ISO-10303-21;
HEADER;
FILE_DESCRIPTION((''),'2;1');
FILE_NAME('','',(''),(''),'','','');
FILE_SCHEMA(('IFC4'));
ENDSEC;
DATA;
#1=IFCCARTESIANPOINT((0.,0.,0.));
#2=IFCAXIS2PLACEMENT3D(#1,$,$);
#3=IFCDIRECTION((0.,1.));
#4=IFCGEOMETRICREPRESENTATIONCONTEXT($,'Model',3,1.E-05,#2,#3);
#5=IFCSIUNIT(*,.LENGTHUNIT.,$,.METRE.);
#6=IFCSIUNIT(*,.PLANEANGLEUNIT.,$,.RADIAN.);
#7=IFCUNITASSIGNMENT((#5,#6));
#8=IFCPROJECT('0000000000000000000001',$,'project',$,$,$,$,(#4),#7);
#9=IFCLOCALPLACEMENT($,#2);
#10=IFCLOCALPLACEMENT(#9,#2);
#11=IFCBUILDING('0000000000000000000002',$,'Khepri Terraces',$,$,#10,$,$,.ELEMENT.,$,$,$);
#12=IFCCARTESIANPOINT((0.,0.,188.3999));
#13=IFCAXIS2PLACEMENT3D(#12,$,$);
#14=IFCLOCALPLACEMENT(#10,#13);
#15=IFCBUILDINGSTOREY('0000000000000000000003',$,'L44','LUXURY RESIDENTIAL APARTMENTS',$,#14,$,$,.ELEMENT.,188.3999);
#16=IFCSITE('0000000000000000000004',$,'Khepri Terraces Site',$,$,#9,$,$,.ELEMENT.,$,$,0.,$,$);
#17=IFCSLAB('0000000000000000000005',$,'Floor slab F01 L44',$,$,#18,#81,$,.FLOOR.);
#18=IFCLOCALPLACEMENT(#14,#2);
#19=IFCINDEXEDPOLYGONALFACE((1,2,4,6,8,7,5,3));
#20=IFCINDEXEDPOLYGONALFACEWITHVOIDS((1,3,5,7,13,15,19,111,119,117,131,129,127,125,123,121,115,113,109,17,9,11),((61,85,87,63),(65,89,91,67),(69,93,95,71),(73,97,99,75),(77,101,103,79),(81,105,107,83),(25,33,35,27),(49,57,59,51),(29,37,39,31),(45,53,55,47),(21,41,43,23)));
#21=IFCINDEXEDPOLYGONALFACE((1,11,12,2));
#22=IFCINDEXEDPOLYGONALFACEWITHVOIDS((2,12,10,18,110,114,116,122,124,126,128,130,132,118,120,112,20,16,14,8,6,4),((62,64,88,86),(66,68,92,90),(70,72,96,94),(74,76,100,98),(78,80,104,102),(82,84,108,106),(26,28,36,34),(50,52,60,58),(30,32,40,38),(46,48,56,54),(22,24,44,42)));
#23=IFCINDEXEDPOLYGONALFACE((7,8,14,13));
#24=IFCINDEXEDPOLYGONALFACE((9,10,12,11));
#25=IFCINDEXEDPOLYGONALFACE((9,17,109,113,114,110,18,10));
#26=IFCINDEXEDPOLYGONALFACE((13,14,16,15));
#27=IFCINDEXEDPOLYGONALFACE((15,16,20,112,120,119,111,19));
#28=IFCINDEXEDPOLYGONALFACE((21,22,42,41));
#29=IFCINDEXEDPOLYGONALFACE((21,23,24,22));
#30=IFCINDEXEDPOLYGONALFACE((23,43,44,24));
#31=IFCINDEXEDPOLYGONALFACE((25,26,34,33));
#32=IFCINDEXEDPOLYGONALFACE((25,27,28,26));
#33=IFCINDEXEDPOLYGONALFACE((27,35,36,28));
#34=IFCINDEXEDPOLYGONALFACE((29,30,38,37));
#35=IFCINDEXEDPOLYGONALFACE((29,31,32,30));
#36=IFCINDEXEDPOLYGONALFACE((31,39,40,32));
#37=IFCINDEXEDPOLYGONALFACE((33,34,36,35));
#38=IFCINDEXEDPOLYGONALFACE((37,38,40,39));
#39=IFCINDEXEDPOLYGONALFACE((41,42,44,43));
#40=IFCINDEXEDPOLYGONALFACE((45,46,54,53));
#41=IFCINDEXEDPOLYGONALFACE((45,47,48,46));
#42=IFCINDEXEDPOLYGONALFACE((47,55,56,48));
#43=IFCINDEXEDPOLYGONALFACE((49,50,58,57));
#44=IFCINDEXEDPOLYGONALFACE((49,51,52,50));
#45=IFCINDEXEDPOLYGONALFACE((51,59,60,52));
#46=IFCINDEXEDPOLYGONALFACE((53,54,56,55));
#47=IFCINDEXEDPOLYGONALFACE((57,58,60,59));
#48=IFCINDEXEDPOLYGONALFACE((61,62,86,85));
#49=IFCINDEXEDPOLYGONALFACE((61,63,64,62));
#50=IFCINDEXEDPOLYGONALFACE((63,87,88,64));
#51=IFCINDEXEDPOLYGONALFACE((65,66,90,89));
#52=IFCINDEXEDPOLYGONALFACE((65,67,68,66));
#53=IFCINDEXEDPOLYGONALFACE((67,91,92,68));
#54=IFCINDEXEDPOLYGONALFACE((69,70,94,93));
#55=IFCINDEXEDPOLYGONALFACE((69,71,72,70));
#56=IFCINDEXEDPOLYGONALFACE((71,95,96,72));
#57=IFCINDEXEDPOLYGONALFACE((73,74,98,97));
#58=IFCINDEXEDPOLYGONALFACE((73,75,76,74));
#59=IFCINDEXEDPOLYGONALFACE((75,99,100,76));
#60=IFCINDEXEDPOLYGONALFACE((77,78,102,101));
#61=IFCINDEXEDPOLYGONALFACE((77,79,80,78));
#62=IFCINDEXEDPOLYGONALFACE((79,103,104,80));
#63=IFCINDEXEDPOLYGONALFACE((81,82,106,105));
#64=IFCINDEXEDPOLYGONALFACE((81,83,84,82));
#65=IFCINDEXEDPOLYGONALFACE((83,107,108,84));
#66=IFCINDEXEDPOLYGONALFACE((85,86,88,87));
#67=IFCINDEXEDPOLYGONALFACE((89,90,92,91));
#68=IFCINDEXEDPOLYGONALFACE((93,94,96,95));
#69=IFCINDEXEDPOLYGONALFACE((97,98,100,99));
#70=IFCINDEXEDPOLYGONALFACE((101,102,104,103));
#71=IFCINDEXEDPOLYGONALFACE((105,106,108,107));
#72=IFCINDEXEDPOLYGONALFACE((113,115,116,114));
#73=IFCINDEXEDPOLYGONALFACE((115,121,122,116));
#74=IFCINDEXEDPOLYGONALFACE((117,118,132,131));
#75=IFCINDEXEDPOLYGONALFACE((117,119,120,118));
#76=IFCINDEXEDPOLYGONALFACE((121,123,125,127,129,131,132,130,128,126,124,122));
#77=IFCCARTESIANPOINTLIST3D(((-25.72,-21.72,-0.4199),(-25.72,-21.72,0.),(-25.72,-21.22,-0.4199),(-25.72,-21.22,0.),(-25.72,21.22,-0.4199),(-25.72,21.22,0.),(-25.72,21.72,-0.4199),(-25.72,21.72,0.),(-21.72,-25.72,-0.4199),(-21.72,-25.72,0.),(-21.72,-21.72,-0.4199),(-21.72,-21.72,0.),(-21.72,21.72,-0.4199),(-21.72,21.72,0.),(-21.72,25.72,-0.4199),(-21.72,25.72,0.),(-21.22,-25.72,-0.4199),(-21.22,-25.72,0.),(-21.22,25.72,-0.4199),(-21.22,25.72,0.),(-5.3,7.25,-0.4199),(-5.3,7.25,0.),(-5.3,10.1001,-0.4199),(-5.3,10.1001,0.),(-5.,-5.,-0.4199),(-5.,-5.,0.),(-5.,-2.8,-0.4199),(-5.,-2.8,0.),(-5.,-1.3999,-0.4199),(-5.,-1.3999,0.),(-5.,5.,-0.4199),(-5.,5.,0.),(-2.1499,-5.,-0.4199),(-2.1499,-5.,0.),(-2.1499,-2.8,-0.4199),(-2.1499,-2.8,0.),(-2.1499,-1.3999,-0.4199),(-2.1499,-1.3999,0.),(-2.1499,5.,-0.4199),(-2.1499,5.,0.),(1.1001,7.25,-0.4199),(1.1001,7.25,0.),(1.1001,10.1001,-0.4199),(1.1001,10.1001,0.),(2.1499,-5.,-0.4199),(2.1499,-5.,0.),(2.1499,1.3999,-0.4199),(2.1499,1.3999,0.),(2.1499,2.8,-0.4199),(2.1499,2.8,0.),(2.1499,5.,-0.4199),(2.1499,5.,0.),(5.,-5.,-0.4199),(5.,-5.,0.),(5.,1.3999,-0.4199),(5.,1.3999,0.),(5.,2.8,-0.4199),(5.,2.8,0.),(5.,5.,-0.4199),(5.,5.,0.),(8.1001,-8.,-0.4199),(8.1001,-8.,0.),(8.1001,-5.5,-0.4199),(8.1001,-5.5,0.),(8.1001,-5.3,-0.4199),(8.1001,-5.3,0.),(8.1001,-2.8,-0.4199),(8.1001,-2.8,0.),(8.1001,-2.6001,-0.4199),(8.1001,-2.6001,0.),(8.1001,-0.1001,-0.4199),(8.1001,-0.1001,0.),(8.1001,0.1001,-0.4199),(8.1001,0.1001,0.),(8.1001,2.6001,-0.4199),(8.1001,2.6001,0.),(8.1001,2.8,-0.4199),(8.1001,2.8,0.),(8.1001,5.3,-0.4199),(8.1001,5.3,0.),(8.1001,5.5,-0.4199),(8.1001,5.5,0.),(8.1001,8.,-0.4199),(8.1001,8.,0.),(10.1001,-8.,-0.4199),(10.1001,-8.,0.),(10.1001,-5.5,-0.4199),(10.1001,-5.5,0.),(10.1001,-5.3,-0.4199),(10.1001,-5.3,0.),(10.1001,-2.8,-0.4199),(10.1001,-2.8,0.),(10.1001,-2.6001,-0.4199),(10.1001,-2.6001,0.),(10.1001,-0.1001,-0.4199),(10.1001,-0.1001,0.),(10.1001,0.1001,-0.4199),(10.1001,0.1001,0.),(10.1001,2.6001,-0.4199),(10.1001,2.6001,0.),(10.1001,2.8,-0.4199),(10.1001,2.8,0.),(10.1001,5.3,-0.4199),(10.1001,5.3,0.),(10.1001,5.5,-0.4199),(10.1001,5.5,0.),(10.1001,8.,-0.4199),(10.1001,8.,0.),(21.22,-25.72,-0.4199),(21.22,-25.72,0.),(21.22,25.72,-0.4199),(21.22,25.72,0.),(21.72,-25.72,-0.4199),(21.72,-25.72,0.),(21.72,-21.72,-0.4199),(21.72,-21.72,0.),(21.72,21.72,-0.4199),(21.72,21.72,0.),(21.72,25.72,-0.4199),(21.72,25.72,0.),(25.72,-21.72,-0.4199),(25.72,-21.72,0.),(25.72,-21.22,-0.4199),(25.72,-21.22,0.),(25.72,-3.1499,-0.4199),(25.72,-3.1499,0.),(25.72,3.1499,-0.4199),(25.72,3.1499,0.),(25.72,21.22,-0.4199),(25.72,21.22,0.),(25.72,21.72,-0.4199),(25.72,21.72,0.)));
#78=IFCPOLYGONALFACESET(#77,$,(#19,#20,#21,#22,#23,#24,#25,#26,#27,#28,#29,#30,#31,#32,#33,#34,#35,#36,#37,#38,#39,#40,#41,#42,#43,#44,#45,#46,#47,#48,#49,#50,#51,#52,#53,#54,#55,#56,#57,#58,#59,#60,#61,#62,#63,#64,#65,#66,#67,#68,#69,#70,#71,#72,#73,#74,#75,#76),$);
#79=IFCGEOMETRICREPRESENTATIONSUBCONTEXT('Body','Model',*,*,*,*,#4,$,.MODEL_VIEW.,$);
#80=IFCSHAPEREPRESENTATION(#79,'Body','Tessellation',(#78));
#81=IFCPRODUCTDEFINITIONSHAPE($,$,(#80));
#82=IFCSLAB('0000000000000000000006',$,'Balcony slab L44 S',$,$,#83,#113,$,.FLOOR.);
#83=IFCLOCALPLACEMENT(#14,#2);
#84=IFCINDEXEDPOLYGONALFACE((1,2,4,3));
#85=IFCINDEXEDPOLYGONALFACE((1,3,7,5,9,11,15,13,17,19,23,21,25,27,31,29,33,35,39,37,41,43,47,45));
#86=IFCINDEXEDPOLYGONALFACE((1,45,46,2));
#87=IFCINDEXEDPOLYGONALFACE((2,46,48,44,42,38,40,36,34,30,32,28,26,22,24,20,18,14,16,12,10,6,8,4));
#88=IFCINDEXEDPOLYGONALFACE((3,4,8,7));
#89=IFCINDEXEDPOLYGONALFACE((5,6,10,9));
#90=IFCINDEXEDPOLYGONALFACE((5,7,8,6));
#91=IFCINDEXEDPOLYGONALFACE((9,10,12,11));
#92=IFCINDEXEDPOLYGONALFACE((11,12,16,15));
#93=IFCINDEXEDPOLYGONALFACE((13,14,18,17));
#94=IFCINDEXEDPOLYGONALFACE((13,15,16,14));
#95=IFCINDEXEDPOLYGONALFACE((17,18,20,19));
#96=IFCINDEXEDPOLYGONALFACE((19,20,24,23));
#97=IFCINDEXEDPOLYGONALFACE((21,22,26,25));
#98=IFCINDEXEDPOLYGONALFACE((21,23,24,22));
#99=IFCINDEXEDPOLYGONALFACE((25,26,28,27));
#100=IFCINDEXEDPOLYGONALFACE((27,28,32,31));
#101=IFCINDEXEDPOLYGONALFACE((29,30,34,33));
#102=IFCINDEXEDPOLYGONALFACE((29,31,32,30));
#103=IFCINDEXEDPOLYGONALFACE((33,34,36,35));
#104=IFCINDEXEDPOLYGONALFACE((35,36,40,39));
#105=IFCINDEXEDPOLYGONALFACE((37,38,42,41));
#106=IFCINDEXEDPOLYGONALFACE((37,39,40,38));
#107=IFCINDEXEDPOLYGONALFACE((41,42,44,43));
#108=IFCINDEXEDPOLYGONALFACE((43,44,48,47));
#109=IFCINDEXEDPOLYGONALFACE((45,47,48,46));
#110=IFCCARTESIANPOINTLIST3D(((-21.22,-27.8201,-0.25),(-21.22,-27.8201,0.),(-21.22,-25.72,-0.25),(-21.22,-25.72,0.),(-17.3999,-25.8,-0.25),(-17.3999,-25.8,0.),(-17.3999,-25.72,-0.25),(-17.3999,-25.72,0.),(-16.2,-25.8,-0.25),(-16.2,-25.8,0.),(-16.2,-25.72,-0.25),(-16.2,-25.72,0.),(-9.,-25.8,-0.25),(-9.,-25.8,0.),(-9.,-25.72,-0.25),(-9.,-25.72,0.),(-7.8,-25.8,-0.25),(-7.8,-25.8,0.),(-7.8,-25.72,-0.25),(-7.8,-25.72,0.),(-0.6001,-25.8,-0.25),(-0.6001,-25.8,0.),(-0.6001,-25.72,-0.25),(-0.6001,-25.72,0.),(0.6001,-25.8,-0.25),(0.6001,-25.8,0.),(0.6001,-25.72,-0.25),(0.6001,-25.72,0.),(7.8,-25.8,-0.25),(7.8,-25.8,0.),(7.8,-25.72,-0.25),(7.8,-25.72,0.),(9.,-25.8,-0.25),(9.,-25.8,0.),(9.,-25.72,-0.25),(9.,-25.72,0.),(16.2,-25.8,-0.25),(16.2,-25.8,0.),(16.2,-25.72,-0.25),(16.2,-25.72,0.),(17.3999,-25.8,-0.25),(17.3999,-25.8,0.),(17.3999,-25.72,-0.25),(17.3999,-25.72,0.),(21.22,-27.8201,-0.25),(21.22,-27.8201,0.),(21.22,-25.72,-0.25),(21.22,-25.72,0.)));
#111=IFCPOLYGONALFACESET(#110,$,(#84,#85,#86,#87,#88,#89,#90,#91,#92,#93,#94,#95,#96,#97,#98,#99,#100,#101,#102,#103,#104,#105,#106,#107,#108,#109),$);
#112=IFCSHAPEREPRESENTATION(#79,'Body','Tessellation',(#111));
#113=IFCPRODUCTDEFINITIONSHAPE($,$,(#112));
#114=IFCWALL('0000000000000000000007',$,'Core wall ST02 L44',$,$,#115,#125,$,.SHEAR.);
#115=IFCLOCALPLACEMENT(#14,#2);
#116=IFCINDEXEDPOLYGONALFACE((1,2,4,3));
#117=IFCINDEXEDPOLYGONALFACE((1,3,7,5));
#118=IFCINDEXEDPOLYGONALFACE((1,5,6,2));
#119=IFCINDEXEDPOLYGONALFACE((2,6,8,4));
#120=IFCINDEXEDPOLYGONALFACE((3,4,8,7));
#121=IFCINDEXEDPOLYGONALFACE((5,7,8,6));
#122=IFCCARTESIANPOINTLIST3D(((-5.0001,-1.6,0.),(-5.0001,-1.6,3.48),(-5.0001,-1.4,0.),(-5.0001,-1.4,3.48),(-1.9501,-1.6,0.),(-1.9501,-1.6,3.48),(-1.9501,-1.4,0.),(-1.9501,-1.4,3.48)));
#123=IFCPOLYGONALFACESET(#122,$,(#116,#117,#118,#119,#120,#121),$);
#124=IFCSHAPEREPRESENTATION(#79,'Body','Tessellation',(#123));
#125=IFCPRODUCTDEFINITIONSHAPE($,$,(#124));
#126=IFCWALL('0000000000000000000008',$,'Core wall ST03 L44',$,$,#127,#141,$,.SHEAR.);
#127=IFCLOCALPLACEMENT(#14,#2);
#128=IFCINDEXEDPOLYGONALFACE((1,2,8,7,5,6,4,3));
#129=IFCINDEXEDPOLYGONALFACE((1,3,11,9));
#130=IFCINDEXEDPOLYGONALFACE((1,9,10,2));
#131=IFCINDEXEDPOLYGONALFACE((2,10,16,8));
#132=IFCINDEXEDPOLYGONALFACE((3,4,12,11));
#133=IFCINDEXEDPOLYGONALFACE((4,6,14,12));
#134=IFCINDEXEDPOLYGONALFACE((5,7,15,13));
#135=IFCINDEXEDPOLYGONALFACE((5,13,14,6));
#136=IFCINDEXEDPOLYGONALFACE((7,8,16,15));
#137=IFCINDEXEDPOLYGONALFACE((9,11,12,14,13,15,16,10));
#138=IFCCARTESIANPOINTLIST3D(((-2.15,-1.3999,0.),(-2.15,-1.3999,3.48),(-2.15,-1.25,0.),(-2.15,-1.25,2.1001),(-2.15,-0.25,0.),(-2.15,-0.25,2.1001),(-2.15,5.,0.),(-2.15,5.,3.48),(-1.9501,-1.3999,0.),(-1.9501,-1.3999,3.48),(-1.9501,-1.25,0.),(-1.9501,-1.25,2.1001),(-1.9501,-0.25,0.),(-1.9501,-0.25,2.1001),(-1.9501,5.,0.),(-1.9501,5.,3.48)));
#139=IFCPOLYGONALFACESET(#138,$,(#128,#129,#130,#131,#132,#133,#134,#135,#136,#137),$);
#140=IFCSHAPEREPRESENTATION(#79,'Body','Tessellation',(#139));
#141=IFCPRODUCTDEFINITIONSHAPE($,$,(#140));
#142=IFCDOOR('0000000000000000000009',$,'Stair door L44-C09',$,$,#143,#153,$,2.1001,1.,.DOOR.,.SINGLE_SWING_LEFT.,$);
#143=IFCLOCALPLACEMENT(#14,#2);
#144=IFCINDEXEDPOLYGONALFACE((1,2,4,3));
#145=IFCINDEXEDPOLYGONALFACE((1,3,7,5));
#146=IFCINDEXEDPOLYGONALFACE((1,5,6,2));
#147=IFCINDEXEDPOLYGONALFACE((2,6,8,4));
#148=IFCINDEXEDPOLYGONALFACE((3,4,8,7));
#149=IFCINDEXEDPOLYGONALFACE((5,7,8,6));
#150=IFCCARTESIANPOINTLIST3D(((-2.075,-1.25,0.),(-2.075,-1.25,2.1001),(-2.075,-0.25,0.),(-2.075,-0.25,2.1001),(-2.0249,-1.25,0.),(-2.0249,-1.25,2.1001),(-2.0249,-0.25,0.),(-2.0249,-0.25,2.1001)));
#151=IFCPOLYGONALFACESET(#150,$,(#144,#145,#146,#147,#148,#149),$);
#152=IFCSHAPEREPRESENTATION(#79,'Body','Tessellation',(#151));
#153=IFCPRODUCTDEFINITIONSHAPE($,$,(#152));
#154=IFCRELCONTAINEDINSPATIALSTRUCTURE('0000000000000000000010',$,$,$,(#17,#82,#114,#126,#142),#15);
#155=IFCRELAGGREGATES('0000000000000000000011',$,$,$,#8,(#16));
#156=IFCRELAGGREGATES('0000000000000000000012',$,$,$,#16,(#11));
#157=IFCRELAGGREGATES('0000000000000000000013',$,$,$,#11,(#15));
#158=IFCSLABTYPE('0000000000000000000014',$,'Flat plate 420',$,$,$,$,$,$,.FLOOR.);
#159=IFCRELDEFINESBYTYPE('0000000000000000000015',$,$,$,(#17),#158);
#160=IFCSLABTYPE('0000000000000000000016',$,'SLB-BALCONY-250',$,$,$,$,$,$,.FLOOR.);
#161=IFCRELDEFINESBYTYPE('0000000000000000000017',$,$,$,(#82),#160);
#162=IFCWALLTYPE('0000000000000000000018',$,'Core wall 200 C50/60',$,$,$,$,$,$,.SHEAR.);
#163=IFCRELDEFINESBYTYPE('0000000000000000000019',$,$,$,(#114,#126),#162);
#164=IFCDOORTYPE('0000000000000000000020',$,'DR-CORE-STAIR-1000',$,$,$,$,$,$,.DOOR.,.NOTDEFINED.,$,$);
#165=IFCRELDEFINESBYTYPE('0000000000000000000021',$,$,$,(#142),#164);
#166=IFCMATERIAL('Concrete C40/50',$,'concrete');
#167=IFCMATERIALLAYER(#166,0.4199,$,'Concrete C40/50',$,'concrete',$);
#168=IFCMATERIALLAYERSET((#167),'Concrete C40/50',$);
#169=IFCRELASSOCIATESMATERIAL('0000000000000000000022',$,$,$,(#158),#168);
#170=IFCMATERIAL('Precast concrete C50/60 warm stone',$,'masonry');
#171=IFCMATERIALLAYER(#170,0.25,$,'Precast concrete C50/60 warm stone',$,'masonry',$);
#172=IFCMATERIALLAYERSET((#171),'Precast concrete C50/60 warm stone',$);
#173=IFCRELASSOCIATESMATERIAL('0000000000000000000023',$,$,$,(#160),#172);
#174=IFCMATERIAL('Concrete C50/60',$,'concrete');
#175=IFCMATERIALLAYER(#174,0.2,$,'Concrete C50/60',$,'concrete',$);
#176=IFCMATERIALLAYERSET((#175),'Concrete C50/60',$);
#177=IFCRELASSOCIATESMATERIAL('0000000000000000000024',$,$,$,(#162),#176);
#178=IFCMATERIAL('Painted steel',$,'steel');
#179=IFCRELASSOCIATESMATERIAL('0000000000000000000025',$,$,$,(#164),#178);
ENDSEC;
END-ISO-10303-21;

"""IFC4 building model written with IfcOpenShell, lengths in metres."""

from ifc_helpers import new_model, si_unit, direction, frame, frame_2d, origin, place, context, subcontext, project, spatial, polyline, rectangle, outline, extrude, material, layer, layer_set, type_object, element, fill, save


model = new_model("IFC4")

# Units and contexts
model_context = context("Model", 3, precision=1e-05, world=origin(), true_north=direction((0.0, 1.0)))
body_context = subcontext(model_context, "Body", "Model", "MODEL_VIEW")
ifc_project = project(units=[si_unit("LENGTHUNIT", "METRE"), si_unit("PLANEANGLEUNIT", "RADIAN")], contexts=[model_context])

# Site, building, storey
site_placement = place(None, origin())
site = spatial("IfcSite", under=ifc_project, at=site_placement, Name="Khepri Terraces Site", CompositionType="ELEMENT", RefElevation=0.0)
building_placement = place(site_placement, origin())
building = spatial("IfcBuilding", under=site, at=building_placement, Name="Khepri Terraces", CompositionType="ELEMENT")
storey_placement = place(building_placement, frame((0.0, 0.0, 188.3999)))
storey = spatial("IfcBuildingStorey", under=building, at=storey_placement, Name="L44", Description="LUXURY RESIDENTIAL APARTMENTS", CompositionType="ELEMENT", Elevation=188.3999)

# Slabs
ifc_material_1 = material(Name="Concrete C40/50", Category="concrete")
ifc_layer_1 = layer(ifc_material_1, 0.4199, Name="Concrete C40/50", Category="concrete")
ifc_layer_set_1 = layer_set([ifc_layer_1], Name="Concrete C40/50")
slab_type_1 = type_object("IfcSlabType", Name="Flat plate 420", PredefinedType="FLOOR", material=ifc_layer_set_1)
slab_1_placement = place(storey_placement, frame((0.0, 0.0, -0.4199)))
element("IfcSlab", 1, at=slab_1_placement, inside=storey, type_object=slab_type_1, Name="Floor slab F01 L44", PredefinedType="FLOOR", context=body_context, shape_type="SweptSolid", body=[
    extrude(outline(polyline([(25.72, 3.1499), (25.72, -3.1499), (25.72, -21.22), (25.72, -21.72), (21.72, -21.72), (21.72, -25.72), (21.22, -25.72), (-21.22, -25.72), (-21.72, -25.72), (-21.72, -21.72), (-25.72, -21.72), (-25.72, -21.22), (-25.72, 21.22), (-25.72, 21.72), (-21.72, 21.72), (-21.72, 25.72), (-21.22, 25.72), (21.22, 25.72), (21.72, 25.72), (21.72, 21.72), (25.72, 21.72), (25.72, 21.22), (25.72, 3.1499)]), holes=[polyline([(2.1499, 2.8), (5.0, 2.8), (5.0, 5.0), (2.1499, 5.0), (2.1499, 2.8)]), polyline([(-5.0, -2.8), (-5.0, -5.0), (-2.1499, -5.0), (-2.1499, -2.8), (-5.0, -2.8)]), polyline([(10.1001, -5.5), (8.1001, -5.5), (8.1001, -8.0), (10.1001, -8.0), (10.1001, -5.5)]), polyline([(10.1001, -5.3), (10.1001, -2.8), (8.1001, -2.8), (8.1001, -5.3), (10.1001, -5.3)]), polyline([(8.1001, -2.6001), (10.1001, -2.6001), (10.1001, -0.1001), (8.1001, -0.1001), (8.1001, -2.6001)]), polyline([(8.1001, 2.6001), (8.1001, 0.1001), (10.1001, 0.1001), (10.1001, 2.6001), (8.1001, 2.6001)]), polyline([(10.1001, 5.3), (8.1001, 5.3), (8.1001, 2.8), (10.1001, 2.8), (10.1001, 5.3)]), polyline([(10.1001, 5.5), (10.1001, 8.0), (8.1001, 8.0), (8.1001, 5.5), (10.1001, 5.5)]), polyline([(-5.0, -1.3999), (-2.1499, -1.3999), (-2.1499, 5.0), (-5.0, 5.0), (-5.0, -1.3999)]), polyline([(5.0, -5.0), (5.0, 1.3999), (2.1499, 1.3999), (2.1499, -5.0), (5.0, -5.0)]), polyline([(-5.3, 10.1001), (-5.3, 7.25), (1.1001, 7.25), (1.1001, 10.1001), (-5.3, 10.1001)])]), origin(), (0.0, 0.0, 1.0), 0.4199),
])
ifc_material_2 = material(Name="Precast concrete C50/60 warm stone", Category="masonry")
ifc_layer_2 = layer(ifc_material_2, 0.25, Name="Precast concrete C50/60 warm stone", Category="masonry")
ifc_layer_set_2 = layer_set([ifc_layer_2], Name="Precast concrete C50/60 warm stone")
slab_type_2 = type_object("IfcSlabType", Name="SLB-BALCONY-250", PredefinedType="FLOOR", material=ifc_layer_set_2)
slab_2_placement = place(storey_placement, frame((0.0, 0.0, -0.25)))
element("IfcSlab", 2, at=slab_2_placement, inside=storey, type_object=slab_type_2, Name="Balcony slab L44 S", PredefinedType="FLOOR", context=body_context, shape_type="SweptSolid", body=[
    extrude(outline(polyline([(-17.3999, -25.72), (-21.22, -25.72), (-21.22, -27.8201), (21.22, -27.8201), (21.22, -25.72), (17.3999, -25.72), (17.3999, -25.8), (16.2, -25.8), (16.2, -25.72), (9.0, -25.72), (9.0, -25.8), (7.8, -25.8), (7.8, -25.72), (0.6001, -25.72), (0.6001, -25.8), (-0.6001, -25.8), (-0.6001, -25.72), (-7.8, -25.72), (-7.8, -25.8), (-9.0, -25.8), (-9.0, -25.72), (-16.2, -25.72), (-16.2, -25.8), (-17.3999, -25.8), (-17.3999, -25.72)])), origin(), (0.0, 0.0, 1.0), 0.25),
])

# Wall
ifc_material_3 = material(Name="Concrete C50/60", Category="concrete")
ifc_layer_3 = layer(ifc_material_3, 0.2, Name="Concrete C50/60", Category="concrete")
ifc_layer_set_3 = layer_set([ifc_layer_3], Name="Concrete C50/60")
wall_type = type_object("IfcWallType", Name="Core wall 200 C50/60", PredefinedType="SHEAR", material=ifc_layer_set_3)
wall_1_placement = place(storey_placement, frame((-5.0, -1.5, 0.0), z_axis=(0.0, 0.0, 1.0), x_axis=(1.0, 0.0, 0.0)))
element("IfcWall", 3, at=wall_1_placement, inside=storey, type_object=wall_type, Name="Core wall ST02 L44", PredefinedType="SHEAR", context=body_context, shape_type="SweptSolid", body=[
    extrude(rectangle(XDim=3.05, YDim=0.2, at=frame_2d((1.5249, 0.0))), origin(), (0.0, 0.0, 1.0), 3.48),
])

# Wall, opening, door
wall_2_placement = place(storey_placement, frame((-2.05, -1.3999, 0.0), z_axis=(0.0, 0.0, 1.0), x_axis=(0.0, 1.0, 0.0)))
wall_2 = element("IfcWall", 4, at=wall_2_placement, inside=storey, type_object=wall_type, Name="Core wall ST03 L44", PredefinedType="SHEAR", context=body_context, shape_type="SweptSolid", body=[
    extrude(rectangle(XDim=6.3999, YDim=0.2, at=frame_2d((3.2, 0.0))), origin(), (0.0, 0.0, 1.0), 3.48),
])
opening_1_placement = place(wall_2_placement, frame((0.1499, 0.0, 0.0)))
opening_1 = element("IfcOpeningElement", 5, at=opening_1_placement, cuts=wall_2, PredefinedType="OPENING", context=body_context, shape_type="SweptSolid", body=[
    extrude(rectangle(XDim=1.0, YDim=2.1001, at=frame_2d((0.5, 1.05))), frame((0.0, 0.1099, 0.0), z_axis=(0.0, -1.0, 0.0), x_axis=(1.0, 0.0, 0.0)), (0.0, 0.0, 1.0), 0.22),
])
ifc_material_4 = material(Name="Painted steel", Category="steel")
door_type_1 = type_object("IfcDoorType", Name="DR-CORE-STAIR-1000", OperationType="NOTDEFINED", PredefinedType="DOOR", material=ifc_material_4)
door_1_placement = place(opening_1_placement, origin())
door_1 = element("IfcDoor", 6, at=door_1_placement, inside=storey, type_object=door_type_1, Name="Stair door L44-C09", OperationType="SINGLE_SWING_LEFT", OverallHeight=2.1001, OverallWidth=1.0, PredefinedType="DOOR", context=body_context, shape_type="SweptSolid", body=[
    extrude(rectangle(XDim=1.0, YDim=2.1001, at=frame_2d((0.5, 1.05))), frame((0.0, 0.0249, 0.0), z_axis=(0.0, -1.0, 0.0), x_axis=(1.0, 0.0, 0.0)), (0.0, 0.0, 1.0), 0.05),
])
fill(opening_1, door_1)

save(model, "model.ifc")
